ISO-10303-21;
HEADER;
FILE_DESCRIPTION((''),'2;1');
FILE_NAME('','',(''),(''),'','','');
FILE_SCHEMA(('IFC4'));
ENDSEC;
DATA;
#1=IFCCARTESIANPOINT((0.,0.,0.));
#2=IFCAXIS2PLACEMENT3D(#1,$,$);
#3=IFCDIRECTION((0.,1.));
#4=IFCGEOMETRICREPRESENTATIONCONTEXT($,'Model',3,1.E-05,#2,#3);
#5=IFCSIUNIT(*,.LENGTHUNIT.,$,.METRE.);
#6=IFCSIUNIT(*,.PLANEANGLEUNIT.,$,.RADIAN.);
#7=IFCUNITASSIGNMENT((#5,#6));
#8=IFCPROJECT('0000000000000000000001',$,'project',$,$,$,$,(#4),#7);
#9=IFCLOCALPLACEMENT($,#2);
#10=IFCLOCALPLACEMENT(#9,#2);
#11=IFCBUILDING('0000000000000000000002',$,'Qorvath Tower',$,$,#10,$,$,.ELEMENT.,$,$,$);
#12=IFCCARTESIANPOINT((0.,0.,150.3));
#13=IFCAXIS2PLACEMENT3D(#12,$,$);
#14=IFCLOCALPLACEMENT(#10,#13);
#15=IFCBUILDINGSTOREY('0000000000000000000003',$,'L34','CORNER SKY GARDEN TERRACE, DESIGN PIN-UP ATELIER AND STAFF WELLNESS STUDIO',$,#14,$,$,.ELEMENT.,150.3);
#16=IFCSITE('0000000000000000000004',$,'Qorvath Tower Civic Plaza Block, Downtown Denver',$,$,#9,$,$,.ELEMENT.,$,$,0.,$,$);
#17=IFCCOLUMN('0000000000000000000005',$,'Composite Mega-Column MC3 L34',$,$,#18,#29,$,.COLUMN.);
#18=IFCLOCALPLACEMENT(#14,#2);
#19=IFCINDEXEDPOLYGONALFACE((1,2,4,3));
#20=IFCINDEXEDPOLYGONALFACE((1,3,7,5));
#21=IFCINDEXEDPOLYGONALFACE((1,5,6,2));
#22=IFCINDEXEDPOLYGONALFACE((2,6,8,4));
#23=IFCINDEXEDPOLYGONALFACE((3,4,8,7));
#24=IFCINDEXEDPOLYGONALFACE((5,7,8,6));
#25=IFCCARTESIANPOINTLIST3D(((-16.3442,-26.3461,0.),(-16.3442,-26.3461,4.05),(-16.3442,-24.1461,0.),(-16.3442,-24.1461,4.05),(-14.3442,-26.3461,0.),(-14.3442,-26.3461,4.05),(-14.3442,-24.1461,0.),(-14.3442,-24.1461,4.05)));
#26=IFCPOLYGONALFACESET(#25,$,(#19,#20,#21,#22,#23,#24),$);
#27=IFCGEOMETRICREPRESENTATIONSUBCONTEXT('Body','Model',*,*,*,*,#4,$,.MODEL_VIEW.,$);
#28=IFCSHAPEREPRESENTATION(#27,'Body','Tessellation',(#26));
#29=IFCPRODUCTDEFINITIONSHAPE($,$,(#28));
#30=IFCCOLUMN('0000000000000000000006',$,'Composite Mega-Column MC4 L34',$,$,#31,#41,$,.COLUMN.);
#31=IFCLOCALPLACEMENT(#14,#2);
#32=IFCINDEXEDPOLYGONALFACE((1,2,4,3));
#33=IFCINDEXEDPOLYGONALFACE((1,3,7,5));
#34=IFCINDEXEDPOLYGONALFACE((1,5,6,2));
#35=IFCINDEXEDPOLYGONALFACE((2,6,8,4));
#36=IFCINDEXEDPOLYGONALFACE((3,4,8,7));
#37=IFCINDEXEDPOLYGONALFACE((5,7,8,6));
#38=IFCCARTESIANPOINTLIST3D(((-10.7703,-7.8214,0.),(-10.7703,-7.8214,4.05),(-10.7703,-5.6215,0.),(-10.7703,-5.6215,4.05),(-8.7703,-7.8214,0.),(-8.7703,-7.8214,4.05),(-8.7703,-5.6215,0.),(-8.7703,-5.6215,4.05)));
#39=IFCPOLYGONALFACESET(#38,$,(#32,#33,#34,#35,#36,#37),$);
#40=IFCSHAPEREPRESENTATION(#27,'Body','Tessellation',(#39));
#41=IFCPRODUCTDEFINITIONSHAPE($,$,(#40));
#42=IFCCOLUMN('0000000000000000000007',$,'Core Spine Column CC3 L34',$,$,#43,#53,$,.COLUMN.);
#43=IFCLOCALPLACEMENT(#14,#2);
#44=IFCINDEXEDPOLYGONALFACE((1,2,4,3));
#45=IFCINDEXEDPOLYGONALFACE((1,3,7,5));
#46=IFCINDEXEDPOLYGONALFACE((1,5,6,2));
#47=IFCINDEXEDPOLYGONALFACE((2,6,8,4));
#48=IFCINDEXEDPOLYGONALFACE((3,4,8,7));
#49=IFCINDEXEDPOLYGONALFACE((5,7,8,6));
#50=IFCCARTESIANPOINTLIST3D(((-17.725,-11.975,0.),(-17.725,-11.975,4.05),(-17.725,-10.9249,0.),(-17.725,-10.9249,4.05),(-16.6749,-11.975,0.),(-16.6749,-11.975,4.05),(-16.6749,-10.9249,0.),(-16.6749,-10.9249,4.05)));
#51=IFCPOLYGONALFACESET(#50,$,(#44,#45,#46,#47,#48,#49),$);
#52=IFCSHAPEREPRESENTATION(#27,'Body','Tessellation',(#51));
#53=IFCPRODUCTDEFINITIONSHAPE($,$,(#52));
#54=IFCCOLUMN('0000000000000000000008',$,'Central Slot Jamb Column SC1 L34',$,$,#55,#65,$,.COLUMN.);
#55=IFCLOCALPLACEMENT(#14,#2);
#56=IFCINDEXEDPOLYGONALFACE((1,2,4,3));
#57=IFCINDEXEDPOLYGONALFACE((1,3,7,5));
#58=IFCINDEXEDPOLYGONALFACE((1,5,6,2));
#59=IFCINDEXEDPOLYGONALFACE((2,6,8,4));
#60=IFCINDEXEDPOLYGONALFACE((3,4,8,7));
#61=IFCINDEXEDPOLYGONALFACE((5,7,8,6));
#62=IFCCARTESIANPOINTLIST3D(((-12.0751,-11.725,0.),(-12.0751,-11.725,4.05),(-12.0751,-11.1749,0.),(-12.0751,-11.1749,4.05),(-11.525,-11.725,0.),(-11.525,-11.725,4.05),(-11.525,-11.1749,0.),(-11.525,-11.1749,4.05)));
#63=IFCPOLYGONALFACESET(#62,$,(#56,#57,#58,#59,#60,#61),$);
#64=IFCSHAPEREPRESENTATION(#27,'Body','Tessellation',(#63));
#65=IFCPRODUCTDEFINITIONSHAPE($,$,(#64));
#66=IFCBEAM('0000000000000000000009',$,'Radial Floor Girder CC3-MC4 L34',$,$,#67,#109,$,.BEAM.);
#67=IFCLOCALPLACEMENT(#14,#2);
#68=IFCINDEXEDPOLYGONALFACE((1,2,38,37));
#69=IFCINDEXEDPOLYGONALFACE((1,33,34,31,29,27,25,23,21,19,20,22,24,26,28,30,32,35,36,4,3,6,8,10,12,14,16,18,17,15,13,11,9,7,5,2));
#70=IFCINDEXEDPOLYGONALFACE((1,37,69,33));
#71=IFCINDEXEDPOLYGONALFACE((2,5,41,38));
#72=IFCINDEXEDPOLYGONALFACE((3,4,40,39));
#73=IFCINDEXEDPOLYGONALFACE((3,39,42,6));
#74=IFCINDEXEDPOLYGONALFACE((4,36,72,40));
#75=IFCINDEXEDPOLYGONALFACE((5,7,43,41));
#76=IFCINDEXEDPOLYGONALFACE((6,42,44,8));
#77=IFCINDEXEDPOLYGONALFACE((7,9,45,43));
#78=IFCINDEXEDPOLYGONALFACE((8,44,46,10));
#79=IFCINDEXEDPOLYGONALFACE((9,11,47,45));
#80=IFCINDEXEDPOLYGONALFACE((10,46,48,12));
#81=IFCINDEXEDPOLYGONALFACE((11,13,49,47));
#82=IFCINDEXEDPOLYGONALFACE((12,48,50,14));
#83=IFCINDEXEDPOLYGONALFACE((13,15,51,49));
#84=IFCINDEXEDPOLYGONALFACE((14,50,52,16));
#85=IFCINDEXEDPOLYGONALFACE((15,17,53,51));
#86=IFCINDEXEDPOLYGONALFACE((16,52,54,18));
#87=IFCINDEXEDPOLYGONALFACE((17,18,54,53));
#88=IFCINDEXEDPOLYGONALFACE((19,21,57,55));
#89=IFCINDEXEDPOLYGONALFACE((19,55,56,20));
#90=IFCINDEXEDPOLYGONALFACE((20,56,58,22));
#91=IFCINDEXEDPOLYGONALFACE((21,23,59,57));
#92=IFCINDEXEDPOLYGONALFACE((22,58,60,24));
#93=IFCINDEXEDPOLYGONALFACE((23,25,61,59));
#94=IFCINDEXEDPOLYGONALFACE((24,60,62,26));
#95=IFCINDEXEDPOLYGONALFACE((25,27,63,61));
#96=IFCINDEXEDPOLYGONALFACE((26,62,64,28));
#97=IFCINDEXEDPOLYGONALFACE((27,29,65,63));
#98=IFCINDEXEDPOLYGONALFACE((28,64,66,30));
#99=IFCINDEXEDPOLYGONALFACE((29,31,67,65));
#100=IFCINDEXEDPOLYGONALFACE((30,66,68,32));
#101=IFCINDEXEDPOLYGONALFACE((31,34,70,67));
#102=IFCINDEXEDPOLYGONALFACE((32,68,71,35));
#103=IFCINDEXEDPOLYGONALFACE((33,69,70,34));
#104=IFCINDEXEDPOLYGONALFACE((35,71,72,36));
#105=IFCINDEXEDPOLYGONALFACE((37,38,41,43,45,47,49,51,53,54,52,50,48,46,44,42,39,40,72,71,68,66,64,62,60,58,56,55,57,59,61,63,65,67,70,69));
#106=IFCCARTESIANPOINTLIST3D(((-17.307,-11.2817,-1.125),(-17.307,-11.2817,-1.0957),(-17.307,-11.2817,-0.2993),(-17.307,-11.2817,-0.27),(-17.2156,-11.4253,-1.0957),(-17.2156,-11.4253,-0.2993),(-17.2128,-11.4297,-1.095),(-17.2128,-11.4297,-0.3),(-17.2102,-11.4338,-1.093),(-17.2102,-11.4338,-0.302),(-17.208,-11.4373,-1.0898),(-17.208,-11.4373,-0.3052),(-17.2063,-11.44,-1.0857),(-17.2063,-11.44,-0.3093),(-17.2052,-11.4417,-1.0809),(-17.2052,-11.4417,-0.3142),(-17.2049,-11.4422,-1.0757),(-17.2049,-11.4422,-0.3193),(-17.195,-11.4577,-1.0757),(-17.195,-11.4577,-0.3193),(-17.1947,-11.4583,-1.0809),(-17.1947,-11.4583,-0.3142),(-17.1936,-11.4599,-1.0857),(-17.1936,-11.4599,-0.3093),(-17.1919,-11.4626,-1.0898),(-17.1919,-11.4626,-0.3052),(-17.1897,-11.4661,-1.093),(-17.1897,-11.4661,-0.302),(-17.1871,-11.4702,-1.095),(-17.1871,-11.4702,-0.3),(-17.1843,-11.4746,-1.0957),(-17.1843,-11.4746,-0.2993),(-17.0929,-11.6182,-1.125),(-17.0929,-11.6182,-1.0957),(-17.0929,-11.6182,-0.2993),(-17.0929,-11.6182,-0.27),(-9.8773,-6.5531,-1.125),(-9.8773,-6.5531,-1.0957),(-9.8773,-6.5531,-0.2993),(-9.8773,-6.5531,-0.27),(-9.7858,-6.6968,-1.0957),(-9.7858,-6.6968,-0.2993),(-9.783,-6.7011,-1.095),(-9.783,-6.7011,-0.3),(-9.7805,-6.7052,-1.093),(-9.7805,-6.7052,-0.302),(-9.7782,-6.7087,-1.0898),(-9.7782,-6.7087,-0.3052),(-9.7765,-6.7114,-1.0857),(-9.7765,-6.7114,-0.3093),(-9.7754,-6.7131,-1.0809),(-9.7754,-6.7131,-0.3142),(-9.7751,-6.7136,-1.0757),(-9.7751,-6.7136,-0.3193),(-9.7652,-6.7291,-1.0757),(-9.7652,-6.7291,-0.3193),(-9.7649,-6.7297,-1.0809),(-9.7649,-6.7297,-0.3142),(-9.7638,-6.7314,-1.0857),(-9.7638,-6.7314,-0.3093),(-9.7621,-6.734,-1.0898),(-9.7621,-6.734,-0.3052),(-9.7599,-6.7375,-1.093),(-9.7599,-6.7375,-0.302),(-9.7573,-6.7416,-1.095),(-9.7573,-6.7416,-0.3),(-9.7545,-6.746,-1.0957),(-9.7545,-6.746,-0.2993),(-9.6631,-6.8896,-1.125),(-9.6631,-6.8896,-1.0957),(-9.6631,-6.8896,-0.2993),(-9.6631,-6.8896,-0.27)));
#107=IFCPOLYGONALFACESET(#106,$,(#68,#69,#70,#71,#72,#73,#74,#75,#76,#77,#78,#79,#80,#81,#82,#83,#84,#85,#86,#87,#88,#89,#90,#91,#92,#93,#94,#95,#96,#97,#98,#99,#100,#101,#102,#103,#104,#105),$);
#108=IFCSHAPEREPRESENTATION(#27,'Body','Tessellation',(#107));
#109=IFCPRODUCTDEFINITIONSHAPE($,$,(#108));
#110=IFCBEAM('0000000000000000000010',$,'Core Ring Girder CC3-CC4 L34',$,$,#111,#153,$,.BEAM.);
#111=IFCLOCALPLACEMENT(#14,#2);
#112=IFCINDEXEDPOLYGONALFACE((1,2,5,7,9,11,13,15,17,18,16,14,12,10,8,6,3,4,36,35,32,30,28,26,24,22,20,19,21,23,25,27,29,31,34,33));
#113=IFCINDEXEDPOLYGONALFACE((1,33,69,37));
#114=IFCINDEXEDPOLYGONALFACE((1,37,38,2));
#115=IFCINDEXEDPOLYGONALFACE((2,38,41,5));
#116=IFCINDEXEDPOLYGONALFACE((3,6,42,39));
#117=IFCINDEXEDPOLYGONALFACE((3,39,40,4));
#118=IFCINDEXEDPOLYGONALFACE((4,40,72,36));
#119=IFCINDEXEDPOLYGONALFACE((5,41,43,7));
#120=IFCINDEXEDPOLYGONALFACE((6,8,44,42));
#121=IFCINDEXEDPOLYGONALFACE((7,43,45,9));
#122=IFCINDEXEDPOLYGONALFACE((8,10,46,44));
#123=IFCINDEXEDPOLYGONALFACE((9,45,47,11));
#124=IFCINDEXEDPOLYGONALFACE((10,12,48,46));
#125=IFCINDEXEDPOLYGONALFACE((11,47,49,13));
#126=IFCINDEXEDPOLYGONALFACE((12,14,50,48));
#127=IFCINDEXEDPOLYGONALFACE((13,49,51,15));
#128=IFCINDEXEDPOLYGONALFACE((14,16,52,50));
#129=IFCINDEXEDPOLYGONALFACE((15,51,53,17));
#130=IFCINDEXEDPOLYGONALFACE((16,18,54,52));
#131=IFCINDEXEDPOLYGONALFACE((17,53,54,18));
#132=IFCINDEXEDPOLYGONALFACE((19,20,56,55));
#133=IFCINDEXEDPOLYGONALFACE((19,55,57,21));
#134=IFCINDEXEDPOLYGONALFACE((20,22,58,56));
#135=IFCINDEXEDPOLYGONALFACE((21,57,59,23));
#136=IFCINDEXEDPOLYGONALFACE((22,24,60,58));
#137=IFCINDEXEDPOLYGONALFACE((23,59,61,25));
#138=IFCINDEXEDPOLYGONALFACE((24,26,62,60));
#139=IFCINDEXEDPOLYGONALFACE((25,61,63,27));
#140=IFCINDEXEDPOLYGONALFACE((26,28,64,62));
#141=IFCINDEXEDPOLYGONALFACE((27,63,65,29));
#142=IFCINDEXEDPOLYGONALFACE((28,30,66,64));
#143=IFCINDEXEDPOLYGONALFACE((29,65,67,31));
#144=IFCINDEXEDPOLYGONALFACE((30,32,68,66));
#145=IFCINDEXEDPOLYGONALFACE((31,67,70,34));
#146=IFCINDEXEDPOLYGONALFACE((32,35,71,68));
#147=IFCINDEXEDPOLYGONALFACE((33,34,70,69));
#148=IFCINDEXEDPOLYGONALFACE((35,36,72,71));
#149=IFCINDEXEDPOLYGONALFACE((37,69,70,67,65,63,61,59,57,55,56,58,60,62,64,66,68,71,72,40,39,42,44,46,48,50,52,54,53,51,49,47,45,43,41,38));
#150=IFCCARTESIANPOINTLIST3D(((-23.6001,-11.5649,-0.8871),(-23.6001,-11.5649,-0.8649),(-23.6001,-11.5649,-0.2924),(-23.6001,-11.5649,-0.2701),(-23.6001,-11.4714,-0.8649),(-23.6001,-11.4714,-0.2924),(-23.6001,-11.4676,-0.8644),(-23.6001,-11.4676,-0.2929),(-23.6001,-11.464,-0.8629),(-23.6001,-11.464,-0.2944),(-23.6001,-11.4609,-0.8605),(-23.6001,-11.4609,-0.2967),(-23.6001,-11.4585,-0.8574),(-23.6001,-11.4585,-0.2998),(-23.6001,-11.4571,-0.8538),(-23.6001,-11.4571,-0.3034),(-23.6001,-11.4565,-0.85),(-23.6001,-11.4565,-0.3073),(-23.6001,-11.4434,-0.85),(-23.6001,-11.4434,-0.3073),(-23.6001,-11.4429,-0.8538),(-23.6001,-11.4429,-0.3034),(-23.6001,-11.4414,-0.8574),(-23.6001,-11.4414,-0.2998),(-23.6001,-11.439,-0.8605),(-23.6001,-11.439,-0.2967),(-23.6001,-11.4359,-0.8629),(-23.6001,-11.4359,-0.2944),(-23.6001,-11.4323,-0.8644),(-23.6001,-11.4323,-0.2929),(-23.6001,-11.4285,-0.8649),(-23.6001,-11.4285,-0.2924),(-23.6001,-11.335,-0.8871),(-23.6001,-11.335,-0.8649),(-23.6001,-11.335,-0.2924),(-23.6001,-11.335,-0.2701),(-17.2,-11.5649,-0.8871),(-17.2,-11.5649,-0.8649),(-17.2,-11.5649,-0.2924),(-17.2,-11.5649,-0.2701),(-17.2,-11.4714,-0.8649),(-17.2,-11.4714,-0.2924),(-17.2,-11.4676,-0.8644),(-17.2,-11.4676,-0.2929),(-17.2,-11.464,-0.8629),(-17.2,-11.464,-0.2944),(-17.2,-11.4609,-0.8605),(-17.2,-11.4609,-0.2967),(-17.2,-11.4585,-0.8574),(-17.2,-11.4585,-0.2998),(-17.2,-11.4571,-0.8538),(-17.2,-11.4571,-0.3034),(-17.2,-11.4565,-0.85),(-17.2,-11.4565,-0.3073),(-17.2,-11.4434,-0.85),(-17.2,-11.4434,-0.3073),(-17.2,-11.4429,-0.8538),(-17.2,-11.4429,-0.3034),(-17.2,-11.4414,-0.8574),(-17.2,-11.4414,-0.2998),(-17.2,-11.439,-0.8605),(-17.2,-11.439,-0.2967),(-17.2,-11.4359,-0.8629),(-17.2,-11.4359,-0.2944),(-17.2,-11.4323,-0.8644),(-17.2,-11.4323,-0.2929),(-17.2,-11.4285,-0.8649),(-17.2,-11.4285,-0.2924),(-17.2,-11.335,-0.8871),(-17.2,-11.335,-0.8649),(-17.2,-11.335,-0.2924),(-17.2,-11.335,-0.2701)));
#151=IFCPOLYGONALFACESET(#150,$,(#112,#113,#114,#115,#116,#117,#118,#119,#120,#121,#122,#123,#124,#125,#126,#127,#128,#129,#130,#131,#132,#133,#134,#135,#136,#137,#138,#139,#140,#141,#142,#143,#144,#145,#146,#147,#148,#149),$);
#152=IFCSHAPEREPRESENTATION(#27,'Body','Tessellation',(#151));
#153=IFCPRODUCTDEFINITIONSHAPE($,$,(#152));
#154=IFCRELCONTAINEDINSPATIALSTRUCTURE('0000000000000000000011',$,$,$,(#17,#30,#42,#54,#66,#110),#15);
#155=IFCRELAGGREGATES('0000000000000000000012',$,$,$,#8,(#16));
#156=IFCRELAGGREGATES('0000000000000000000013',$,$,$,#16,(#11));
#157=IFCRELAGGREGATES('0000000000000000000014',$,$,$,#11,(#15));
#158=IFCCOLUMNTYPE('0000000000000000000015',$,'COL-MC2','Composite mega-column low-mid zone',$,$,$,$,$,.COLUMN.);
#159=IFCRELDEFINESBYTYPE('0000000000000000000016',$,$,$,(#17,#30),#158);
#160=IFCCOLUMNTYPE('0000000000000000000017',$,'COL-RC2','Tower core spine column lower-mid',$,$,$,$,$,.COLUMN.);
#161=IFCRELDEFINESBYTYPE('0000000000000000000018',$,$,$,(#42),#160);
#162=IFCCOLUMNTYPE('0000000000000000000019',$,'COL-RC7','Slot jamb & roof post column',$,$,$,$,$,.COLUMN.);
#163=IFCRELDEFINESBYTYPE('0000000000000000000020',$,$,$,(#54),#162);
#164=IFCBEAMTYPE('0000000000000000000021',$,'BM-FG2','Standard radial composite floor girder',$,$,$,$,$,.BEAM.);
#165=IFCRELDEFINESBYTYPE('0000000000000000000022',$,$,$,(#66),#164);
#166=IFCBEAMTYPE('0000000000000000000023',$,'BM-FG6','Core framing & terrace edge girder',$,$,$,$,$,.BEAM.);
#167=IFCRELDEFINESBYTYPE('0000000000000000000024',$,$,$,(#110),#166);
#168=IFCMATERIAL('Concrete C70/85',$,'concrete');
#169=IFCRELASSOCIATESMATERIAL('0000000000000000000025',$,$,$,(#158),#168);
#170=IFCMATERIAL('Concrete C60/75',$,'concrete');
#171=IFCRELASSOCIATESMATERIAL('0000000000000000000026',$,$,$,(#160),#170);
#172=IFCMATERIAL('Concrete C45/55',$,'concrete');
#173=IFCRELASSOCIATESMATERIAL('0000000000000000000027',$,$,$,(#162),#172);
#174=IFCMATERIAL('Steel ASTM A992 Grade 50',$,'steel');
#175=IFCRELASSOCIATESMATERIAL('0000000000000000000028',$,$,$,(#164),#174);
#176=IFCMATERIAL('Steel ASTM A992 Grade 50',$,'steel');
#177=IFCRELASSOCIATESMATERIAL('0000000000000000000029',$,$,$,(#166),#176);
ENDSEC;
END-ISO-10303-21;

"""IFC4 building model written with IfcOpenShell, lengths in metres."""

from ifc_helpers import new_model, si_unit, direction, frame, origin, origin_2d, place, context, subcontext, project, spatial, rectangle, i_section, extrude, material, material_profile, profile_set, type_object, element, save


model = new_model("IFC4")

# Units and contexts
model_context = context("Model", 3, precision=1e-05, world=origin(), true_north=direction((0.0, 1.0)))
body_context = subcontext(model_context, "Body", "Model", "MODEL_VIEW")
ifc_project = project(units=[si_unit("LENGTHUNIT", "METRE"), si_unit("PLANEANGLEUNIT", "RADIAN")], contexts=[model_context])

# Site, building, storey
site_placement = place(None, origin())
site = spatial("IfcSite", under=ifc_project, at=site_placement, Name="Qorvath Tower Civic Plaza Block, Downtown Denver", CompositionType="ELEMENT", RefElevation=0.0)
building_placement = place(site_placement, origin())
building = spatial("IfcBuilding", under=site, at=building_placement, Name="Qorvath Tower", CompositionType="ELEMENT")
storey_placement = place(building_placement, frame((0.0, 0.0, 150.3)))
storey = spatial("IfcBuildingStorey", under=building, at=storey_placement, Name="L34", Description="CORNER SKY GARDEN TERRACE, DESIGN PIN-UP ATELIER AND STAFF WELLNESS STUDIO", CompositionType="ELEMENT", Elevation=150.3)

# Columns
ifc_material_1 = material(Name="Concrete C70/85", Category="concrete")
ifc_material_profile_1 = material_profile(ifc_material_1, rectangle(XDim=2.0, YDim=2.2, at=origin_2d()), Name="MC 2200x2000")
ifc_profile_set_1 = profile_set([ifc_material_profile_1], Name="Concrete C70/85")
column_type_1 = type_object("IfcColumnType", Name="COL-MC2", Description="Composite mega-column low-mid zone", PredefinedType="COLUMN", material=ifc_profile_set_1)
for number, where, z_axis, x_axis, name in (
    (1, (-15.3442, -25.2461, 0.0), (0.0, 0.0, 1.0), (1.0, 0.0, 0.0), "Composite Mega-Column MC3 L34"),
    (2, (-9.7703, -6.7214, 0.0), (0.0, 0.0, 1.0), (1.0, 0.0, 0.0), "Composite Mega-Column MC4 L34"),
):
    element("IfcColumn", number, at=place(storey_placement, frame(where, z_axis=z_axis, x_axis=x_axis)), inside=storey, type_object=column_type_1, Name=name, PredefinedType="COLUMN", context=body_context, shape_type="SweptSolid", body=[
        extrude(rectangle(XDim=2.0, YDim=2.2, at=origin_2d()), origin(), (0.0, 0.0, 1.0), 4.05),
    ])
ifc_material_2 = material(Name="Concrete C60/75", Category="concrete")
ifc_material_profile_2 = material_profile(ifc_material_2, rectangle(XDim=1.05, YDim=1.05, at=origin_2d()), Name="RC 1050x1050")
ifc_profile_set_2 = profile_set([ifc_material_profile_2], Name="Concrete C60/75")
column_type_2 = type_object("IfcColumnType", Name="COL-RC2", Description="Tower core spine column lower-mid", PredefinedType="COLUMN", material=ifc_profile_set_2)
column_1_placement = place(storey_placement, frame((-17.2, -11.45, 0.0), z_axis=(0.0, 0.0, 1.0), x_axis=(1.0, 0.0, 0.0)))
element("IfcColumn", 3, at=column_1_placement, inside=storey, type_object=column_type_2, Name="Core Spine Column CC3 L34", PredefinedType="COLUMN", context=body_context, shape_type="SweptSolid", body=[
    extrude(rectangle(XDim=1.05, YDim=1.05, at=origin_2d()), origin(), (0.0, 0.0, 1.0), 4.05),
])
ifc_material_3 = material(Name="Concrete C45/55", Category="concrete")
ifc_material_profile_3 = material_profile(ifc_material_3, rectangle(XDim=0.55, YDim=0.55, at=origin_2d()), Name="RC 550x550")
ifc_profile_set_3 = profile_set([ifc_material_profile_3], Name="Concrete C45/55")
column_type_3 = type_object("IfcColumnType", Name="COL-RC7", Description="Slot jamb & roof post column", PredefinedType="COLUMN", material=ifc_profile_set_3)
column_2_placement = place(storey_placement, frame((-11.8, -11.45, 0.0), z_axis=(0.0, 0.0, 1.0), x_axis=(1.0, 0.0, 0.0)))
element("IfcColumn", 4, at=column_2_placement, inside=storey, type_object=column_type_3, Name="Central Slot Jamb Column SC1 L34", PredefinedType="COLUMN", context=body_context, shape_type="SweptSolid", body=[
    extrude(rectangle(XDim=0.55, YDim=0.55, at=origin_2d()), origin(), (0.0, 0.0, 1.0), 4.05),
])

# Beams
ifc_material_4 = material(Name="Steel ASTM A992 Grade 50", Category="steel")
ifc_material_profile_4 = material_profile(ifc_material_4, i_section(OverallWidth=0.3989, OverallDepth=0.855, WebThickness=0.0183, FlangeThickness=0.0293, FilletRadius=0.02, at=origin_2d()), Name="W33x201")
ifc_profile_set_4 = profile_set([ifc_material_profile_4], Name="Steel ASTM A992 Grade 50")
beam_type_1 = type_object("IfcBeamType", Name="BM-FG2", Description="Standard radial composite floor girder", PredefinedType="BEAM", material=ifc_profile_set_4)
beam_1_placement = place(storey_placement, frame((-17.2, -11.45, -0.6975), z_axis=(0.843634, 0.536919, 0.0), x_axis=(-0.536919, 0.843634, 0.0)))
element("IfcBeam", 5, at=beam_1_placement, inside=storey, type_object=beam_type_1, Name="Radial Floor Girder CC3-MC4 L34", PredefinedType="BEAM", context=body_context, shape_type="SweptSolid", body=[
    extrude(i_section(OverallWidth=0.3989, OverallDepth=0.855, WebThickness=0.0183, FlangeThickness=0.0293, FilletRadius=0.02, at=origin_2d()), origin(), (0.0, 0.0, 1.0), 8.8069),
])
ifc_material_5 = material(Name="Steel ASTM A992 Grade 50", Category="steel")
ifc_material_profile_5 = material_profile(ifc_material_5, i_section(OverallWidth=0.23, OverallDepth=0.6169, WebThickness=0.0132, FlangeThickness=0.0222, FilletRadius=0.0149, at=origin_2d()), Name="W24x94")
ifc_profile_set_5 = profile_set([ifc_material_profile_5], Name="Steel ASTM A992 Grade 50")
beam_type_2 = type_object("IfcBeamType", Name="BM-FG6", Description="Core framing & terrace edge girder", PredefinedType="BEAM", material=ifc_profile_set_5)
beam_2_placement = place(storey_placement, frame((-17.2, -11.45, -0.5786), z_axis=(-1.0, 0.0, 0.0), x_axis=(0.0, -1.0, 0.0)))
element("IfcBeam", 6, at=beam_2_placement, inside=storey, type_object=beam_type_2, Name="Core Ring Girder CC3-CC4 L34", PredefinedType="BEAM", context=body_context, shape_type="SweptSolid", body=[
    extrude(i_section(OverallWidth=0.23, OverallDepth=0.6169, WebThickness=0.0132, FlangeThickness=0.0222, FilletRadius=0.0149, at=origin_2d()), origin(), (0.0, 0.0, 1.0), 6.4001),
])

save(model, "model.ifc")
